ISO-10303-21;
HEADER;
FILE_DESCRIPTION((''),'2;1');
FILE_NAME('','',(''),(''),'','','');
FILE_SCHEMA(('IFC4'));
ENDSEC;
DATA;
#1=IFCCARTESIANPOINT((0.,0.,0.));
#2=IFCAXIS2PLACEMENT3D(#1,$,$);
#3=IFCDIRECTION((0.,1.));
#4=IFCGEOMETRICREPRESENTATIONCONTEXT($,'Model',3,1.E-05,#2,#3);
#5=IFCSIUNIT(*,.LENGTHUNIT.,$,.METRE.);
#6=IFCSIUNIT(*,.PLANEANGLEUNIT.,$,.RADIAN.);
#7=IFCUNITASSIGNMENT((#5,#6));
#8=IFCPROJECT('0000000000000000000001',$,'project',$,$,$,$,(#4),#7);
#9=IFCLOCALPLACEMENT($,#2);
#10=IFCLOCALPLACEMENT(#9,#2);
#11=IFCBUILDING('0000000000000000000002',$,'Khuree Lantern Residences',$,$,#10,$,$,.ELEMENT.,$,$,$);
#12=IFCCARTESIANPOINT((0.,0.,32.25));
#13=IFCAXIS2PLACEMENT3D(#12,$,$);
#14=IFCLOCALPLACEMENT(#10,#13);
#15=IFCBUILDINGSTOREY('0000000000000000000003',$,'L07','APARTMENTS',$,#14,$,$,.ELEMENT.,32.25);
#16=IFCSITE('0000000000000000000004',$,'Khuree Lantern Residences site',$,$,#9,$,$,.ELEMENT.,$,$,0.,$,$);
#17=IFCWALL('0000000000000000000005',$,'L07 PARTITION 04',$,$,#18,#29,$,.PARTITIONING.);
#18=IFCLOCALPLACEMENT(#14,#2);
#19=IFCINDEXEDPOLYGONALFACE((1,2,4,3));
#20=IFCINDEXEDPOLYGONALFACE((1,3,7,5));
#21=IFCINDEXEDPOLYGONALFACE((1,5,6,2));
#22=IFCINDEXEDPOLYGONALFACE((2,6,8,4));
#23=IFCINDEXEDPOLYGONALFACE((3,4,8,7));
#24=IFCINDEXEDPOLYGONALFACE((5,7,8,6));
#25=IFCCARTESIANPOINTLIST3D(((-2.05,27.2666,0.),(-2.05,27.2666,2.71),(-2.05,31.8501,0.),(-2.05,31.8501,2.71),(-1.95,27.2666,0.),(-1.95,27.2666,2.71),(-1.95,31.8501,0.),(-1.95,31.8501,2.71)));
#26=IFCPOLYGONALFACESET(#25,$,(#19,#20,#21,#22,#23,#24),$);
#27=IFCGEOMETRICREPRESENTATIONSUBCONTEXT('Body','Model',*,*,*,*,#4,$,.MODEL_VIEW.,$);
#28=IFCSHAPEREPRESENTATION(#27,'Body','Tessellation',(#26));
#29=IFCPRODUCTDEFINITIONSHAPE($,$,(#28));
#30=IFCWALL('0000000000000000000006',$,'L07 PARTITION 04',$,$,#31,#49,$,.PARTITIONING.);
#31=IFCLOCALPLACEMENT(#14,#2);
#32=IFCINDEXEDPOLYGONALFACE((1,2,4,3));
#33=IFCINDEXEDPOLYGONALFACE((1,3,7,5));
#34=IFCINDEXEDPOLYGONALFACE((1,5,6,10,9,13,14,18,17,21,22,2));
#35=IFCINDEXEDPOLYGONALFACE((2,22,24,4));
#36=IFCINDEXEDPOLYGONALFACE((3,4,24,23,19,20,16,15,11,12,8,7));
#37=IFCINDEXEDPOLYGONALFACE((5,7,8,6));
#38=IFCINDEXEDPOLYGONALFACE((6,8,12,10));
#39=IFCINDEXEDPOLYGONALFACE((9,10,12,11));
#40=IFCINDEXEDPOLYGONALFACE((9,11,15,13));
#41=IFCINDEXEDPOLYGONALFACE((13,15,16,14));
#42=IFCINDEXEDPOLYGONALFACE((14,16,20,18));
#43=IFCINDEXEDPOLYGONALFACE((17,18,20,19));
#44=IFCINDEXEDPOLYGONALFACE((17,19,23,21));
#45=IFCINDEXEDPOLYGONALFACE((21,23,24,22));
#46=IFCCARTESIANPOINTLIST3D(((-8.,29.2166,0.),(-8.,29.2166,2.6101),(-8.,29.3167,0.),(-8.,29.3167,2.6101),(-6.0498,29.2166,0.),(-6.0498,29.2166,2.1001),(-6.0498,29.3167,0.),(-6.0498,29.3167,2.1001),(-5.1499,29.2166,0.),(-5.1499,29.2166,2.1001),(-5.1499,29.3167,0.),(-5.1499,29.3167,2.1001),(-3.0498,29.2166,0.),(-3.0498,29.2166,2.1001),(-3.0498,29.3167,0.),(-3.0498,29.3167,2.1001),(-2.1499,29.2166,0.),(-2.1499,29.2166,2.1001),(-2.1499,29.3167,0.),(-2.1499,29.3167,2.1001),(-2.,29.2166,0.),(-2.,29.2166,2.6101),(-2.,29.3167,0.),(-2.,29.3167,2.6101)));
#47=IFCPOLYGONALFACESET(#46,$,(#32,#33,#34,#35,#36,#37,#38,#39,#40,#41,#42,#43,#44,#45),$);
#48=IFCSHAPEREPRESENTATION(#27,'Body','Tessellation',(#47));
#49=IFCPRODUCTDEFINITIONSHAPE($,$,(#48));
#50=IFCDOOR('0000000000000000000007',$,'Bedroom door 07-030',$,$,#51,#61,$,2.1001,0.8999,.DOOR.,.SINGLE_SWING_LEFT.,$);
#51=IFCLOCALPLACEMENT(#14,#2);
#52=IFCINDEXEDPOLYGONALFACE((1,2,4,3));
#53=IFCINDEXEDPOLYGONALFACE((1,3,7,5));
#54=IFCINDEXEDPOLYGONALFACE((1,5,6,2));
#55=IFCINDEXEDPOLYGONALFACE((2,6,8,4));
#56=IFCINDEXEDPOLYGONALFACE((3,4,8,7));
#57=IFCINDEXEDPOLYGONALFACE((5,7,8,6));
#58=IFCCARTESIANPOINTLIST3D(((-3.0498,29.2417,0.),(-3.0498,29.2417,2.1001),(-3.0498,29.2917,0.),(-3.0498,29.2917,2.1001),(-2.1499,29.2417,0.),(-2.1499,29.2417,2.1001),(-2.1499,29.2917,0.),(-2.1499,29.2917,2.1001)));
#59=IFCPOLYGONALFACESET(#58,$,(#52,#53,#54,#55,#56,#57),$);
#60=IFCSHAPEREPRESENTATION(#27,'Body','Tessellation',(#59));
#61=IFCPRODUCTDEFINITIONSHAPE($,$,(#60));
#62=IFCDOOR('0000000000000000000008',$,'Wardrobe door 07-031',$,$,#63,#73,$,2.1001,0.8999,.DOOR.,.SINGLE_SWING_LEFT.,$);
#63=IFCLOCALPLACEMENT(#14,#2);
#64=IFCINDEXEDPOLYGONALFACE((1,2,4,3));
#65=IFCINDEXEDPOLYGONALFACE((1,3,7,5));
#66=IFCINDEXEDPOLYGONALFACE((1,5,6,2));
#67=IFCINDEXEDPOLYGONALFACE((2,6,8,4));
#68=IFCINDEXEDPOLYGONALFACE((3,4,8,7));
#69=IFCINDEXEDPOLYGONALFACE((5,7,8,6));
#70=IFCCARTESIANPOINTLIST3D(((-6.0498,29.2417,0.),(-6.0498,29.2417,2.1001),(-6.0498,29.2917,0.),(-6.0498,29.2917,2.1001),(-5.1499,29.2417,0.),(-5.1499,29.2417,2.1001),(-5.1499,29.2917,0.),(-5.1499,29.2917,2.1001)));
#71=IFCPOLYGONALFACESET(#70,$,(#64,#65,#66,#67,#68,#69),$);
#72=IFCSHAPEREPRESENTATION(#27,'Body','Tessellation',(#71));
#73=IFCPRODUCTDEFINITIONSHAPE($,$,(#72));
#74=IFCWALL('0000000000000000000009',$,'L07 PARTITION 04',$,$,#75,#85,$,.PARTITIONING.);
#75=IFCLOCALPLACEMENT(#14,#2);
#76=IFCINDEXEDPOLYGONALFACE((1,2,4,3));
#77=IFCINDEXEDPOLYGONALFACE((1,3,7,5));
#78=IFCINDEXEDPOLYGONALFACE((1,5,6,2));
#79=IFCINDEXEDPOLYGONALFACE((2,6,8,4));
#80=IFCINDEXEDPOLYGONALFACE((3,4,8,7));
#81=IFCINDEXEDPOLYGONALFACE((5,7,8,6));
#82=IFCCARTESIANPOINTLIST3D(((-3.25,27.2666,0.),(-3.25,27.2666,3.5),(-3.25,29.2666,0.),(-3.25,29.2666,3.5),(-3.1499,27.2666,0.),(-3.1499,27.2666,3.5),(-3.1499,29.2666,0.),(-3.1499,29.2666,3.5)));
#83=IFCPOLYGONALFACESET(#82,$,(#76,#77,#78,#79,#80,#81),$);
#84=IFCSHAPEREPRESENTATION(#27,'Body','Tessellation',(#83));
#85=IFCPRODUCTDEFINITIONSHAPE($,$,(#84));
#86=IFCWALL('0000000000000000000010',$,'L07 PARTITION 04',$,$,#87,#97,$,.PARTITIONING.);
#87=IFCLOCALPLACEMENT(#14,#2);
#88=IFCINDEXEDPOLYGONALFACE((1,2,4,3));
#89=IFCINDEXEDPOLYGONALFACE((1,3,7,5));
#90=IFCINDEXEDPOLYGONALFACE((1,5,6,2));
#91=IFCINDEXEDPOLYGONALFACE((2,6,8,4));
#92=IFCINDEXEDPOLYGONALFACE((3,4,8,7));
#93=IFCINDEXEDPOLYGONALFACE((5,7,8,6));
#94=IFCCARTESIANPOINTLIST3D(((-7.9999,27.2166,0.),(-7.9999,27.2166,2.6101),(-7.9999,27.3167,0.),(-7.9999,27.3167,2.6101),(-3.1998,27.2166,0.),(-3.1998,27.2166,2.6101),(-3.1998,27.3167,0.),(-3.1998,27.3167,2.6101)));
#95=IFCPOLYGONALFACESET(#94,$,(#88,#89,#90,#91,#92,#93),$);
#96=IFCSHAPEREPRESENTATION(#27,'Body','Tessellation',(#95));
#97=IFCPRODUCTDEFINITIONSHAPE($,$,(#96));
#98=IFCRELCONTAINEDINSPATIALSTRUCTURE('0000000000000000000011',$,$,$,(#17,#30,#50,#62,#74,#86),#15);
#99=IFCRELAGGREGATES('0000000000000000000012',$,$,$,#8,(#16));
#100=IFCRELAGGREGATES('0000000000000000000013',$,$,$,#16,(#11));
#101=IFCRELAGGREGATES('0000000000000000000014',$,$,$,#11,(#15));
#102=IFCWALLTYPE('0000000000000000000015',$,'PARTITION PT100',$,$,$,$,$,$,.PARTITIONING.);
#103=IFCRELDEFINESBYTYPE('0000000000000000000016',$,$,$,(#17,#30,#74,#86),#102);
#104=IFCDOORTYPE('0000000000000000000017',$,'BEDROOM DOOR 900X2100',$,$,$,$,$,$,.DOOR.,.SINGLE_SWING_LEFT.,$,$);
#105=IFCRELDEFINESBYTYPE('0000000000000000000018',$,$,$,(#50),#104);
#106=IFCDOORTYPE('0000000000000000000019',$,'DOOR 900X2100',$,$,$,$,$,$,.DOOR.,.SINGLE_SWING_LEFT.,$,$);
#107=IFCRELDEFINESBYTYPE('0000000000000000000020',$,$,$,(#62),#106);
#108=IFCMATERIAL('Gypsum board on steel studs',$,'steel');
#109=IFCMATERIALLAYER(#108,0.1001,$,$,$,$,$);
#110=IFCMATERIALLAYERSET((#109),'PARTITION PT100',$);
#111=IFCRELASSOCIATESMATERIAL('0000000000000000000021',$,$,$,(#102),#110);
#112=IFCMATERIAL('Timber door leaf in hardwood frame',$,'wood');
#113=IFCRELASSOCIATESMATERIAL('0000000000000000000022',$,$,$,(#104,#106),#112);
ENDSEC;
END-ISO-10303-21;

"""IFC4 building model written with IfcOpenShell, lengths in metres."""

from ifc_helpers import new_model, si_unit, direction, frame, frame_2d, origin, place, context, subcontext, project, spatial, rectangle, extrude, material, layer, layer_set, type_object, element, fill, save


model = new_model("IFC4")

# Units and contexts
model_context = context("Model", 3, precision=1e-05, world=origin(), true_north=direction((0.0, 1.0)))
body_context = subcontext(model_context, "Body", "Model", "MODEL_VIEW")
ifc_project = project(units=[si_unit("LENGTHUNIT", "METRE"), si_unit("PLANEANGLEUNIT", "RADIAN")], contexts=[model_context])

# Site, building, storey
site_placement = place(None, origin())
site = spatial("IfcSite", under=ifc_project, at=site_placement, Name="Khuree Lantern Residences site", CompositionType="ELEMENT", RefElevation=0.0)
building_placement = place(site_placement, origin())
building = spatial("IfcBuilding", under=site, at=building_placement, Name="Khuree Lantern Residences", CompositionType="ELEMENT")
storey_placement = place(building_placement, frame((0.0, 0.0, 32.25)))
storey = spatial("IfcBuildingStorey", under=building, at=storey_placement, Name="L07", Description="APARTMENTS", CompositionType="ELEMENT", Elevation=32.25)

# Shared definitions
ifc_material_1 = material(Name="Timber door leaf in hardwood frame", Category="wood")

# Wall
ifc_material_2 = material(Name="Gypsum board on steel studs", Category="steel")
ifc_layer_1 = layer(ifc_material_2, 0.1001)
ifc_layer_set_1 = layer_set([ifc_layer_1], Name="PARTITION PT100")
wall_type_1 = type_object("IfcWallType", Name="PARTITION PT100", PredefinedType="PARTITIONING", material=ifc_layer_set_1)
wall_1_placement = place(storey_placement, frame((-2.0, 27.2666, 0.0), z_axis=(0.0, 0.0, 1.0), x_axis=(0.0, 1.0, 0.0)))
element("IfcWall", 1, at=wall_1_placement, inside=storey, type_object=wall_type_1, Name="L07 PARTITION 04", PredefinedType="PARTITIONING", context=body_context, shape_type="SweptSolid", body=[
    extrude(rectangle(XDim=4.5835, YDim=0.1001, at=frame_2d((2.2917, 0.0))), origin(), (0.0, 0.0, 1.0), 2.71),
])

# Wall, openings, doors
wall_2_placement = place(storey_placement, frame((-2.0, 29.2666, 0.0), z_axis=(0.0, 0.0, 1.0), x_axis=(-1.0, 0.0, 0.0)))
wall_2 = element("IfcWall", 2, at=wall_2_placement, inside=storey, type_object=wall_type_1, Name="L07 PARTITION 04", PredefinedType="PARTITIONING", context=body_context, shape_type="SweptSolid", body=[
    extrude(rectangle(XDim=6.0, YDim=0.1001, at=frame_2d((3.0, 0.0))), origin(), (0.0, 0.0, 1.0), 2.6101),
])
opening_1_placement = place(wall_2_placement, frame((0.1499, 0.0, 0.0)))
opening_1 = element("IfcOpeningElement", 3, at=opening_1_placement, cuts=wall_2, PredefinedType="OPENING", context=body_context, shape_type="SweptSolid", body=[
    extrude(rectangle(XDim=0.8999, YDim=2.1001, at=frame_2d((0.45, 1.05))), frame((0.0, 0.0601, 0.0), z_axis=(0.0, -1.0, 0.0), x_axis=(1.0, 0.0, 0.0)), (0.0, 0.0, 1.0), 0.1201),
])
opening_2_placement = place(wall_2_placement, frame((3.1499, 0.0, 0.0)))
opening_2 = element("IfcOpeningElement", 4, at=opening_2_placement, cuts=wall_2, PredefinedType="OPENING", context=body_context, shape_type="SweptSolid", body=[
    extrude(rectangle(XDim=0.8999, YDim=2.1001, at=frame_2d((0.45, 1.05))), frame((0.0, 0.0601, 0.0), z_axis=(0.0, -1.0, 0.0), x_axis=(1.0, 0.0, 0.0)), (0.0, 0.0, 1.0), 0.1201),
])
door_type_1 = type_object("IfcDoorType", Name="BEDROOM DOOR 900X2100", OperationType="SINGLE_SWING_LEFT", PredefinedType="DOOR", material=ifc_material_1)
door_1_placement = place(opening_1_placement, origin())
door_1 = element("IfcDoor", 5, at=door_1_placement, inside=storey, type_object=door_type_1, Name="Bedroom door 07-030", OperationType="SINGLE_SWING_LEFT", OverallHeight=2.1001, OverallWidth=0.8999, PredefinedType="DOOR", context=body_context, shape_type="SweptSolid", body=[
    extrude(rectangle(XDim=0.8999, YDim=2.1001, at=frame_2d((0.45, 1.05))), frame((0.0, 0.0249, 0.0), z_axis=(0.0, -1.0, 0.0), x_axis=(1.0, 0.0, 0.0)), (0.0, 0.0, 1.0), 0.05),
])
fill(opening_1, door_1)
door_type_2 = type_object("IfcDoorType", Name="DOOR 900X2100", OperationType="SINGLE_SWING_LEFT", PredefinedType="DOOR", material=ifc_material_1)
door_2_placement = place(opening_2_placement, origin())
door_2 = element("IfcDoor", 6, at=door_2_placement, inside=storey, type_object=door_type_2, Name="Wardrobe door 07-031", OperationType="SINGLE_SWING_LEFT", OverallHeight=2.1001, OverallWidth=0.8999, PredefinedType="DOOR", context=body_context, shape_type="SweptSolid", body=[
    extrude(rectangle(XDim=0.8999, YDim=2.1001, at=frame_2d((0.45, 1.05))), frame((0.0, 0.0249, 0.0), z_axis=(0.0, -1.0, 0.0), x_axis=(1.0, 0.0, 0.0)), (0.0, 0.0, 1.0), 0.05),
])
fill(opening_2, door_2)

# Walls
wall_3_placement = place(storey_placement, frame((-3.2, 27.2666, 0.0), z_axis=(0.0, 0.0, 1.0), x_axis=(0.0, 1.0, 0.0)))
element("IfcWall", 7, at=wall_3_placement, inside=storey, type_object=wall_type_1, Name="L07 PARTITION 04", PredefinedType="PARTITIONING", context=body_context, shape_type="SweptSolid", body=[
    extrude(rectangle(XDim=2.0, YDim=0.1001, at=frame_2d((1.0, 0.0))), origin(), (0.0, 0.0, 1.0), 3.5),
])
wall_4_placement = place(storey_placement, frame((-3.2, 27.2666, 0.0), z_axis=(0.0, 0.0, 1.0), x_axis=(-1.0, 0.0, 0.0)))
element("IfcWall", 8, at=wall_4_placement, inside=storey, type_object=wall_type_1, Name="L07 PARTITION 04", PredefinedType="PARTITIONING", context=body_context, shape_type="SweptSolid", body=[
    extrude(rectangle(XDim=4.8, YDim=0.1001, at=frame_2d((2.3999, 0.0))), origin(), (0.0, 0.0, 1.0), 2.6101),
])

save(model, "model.ifc")
